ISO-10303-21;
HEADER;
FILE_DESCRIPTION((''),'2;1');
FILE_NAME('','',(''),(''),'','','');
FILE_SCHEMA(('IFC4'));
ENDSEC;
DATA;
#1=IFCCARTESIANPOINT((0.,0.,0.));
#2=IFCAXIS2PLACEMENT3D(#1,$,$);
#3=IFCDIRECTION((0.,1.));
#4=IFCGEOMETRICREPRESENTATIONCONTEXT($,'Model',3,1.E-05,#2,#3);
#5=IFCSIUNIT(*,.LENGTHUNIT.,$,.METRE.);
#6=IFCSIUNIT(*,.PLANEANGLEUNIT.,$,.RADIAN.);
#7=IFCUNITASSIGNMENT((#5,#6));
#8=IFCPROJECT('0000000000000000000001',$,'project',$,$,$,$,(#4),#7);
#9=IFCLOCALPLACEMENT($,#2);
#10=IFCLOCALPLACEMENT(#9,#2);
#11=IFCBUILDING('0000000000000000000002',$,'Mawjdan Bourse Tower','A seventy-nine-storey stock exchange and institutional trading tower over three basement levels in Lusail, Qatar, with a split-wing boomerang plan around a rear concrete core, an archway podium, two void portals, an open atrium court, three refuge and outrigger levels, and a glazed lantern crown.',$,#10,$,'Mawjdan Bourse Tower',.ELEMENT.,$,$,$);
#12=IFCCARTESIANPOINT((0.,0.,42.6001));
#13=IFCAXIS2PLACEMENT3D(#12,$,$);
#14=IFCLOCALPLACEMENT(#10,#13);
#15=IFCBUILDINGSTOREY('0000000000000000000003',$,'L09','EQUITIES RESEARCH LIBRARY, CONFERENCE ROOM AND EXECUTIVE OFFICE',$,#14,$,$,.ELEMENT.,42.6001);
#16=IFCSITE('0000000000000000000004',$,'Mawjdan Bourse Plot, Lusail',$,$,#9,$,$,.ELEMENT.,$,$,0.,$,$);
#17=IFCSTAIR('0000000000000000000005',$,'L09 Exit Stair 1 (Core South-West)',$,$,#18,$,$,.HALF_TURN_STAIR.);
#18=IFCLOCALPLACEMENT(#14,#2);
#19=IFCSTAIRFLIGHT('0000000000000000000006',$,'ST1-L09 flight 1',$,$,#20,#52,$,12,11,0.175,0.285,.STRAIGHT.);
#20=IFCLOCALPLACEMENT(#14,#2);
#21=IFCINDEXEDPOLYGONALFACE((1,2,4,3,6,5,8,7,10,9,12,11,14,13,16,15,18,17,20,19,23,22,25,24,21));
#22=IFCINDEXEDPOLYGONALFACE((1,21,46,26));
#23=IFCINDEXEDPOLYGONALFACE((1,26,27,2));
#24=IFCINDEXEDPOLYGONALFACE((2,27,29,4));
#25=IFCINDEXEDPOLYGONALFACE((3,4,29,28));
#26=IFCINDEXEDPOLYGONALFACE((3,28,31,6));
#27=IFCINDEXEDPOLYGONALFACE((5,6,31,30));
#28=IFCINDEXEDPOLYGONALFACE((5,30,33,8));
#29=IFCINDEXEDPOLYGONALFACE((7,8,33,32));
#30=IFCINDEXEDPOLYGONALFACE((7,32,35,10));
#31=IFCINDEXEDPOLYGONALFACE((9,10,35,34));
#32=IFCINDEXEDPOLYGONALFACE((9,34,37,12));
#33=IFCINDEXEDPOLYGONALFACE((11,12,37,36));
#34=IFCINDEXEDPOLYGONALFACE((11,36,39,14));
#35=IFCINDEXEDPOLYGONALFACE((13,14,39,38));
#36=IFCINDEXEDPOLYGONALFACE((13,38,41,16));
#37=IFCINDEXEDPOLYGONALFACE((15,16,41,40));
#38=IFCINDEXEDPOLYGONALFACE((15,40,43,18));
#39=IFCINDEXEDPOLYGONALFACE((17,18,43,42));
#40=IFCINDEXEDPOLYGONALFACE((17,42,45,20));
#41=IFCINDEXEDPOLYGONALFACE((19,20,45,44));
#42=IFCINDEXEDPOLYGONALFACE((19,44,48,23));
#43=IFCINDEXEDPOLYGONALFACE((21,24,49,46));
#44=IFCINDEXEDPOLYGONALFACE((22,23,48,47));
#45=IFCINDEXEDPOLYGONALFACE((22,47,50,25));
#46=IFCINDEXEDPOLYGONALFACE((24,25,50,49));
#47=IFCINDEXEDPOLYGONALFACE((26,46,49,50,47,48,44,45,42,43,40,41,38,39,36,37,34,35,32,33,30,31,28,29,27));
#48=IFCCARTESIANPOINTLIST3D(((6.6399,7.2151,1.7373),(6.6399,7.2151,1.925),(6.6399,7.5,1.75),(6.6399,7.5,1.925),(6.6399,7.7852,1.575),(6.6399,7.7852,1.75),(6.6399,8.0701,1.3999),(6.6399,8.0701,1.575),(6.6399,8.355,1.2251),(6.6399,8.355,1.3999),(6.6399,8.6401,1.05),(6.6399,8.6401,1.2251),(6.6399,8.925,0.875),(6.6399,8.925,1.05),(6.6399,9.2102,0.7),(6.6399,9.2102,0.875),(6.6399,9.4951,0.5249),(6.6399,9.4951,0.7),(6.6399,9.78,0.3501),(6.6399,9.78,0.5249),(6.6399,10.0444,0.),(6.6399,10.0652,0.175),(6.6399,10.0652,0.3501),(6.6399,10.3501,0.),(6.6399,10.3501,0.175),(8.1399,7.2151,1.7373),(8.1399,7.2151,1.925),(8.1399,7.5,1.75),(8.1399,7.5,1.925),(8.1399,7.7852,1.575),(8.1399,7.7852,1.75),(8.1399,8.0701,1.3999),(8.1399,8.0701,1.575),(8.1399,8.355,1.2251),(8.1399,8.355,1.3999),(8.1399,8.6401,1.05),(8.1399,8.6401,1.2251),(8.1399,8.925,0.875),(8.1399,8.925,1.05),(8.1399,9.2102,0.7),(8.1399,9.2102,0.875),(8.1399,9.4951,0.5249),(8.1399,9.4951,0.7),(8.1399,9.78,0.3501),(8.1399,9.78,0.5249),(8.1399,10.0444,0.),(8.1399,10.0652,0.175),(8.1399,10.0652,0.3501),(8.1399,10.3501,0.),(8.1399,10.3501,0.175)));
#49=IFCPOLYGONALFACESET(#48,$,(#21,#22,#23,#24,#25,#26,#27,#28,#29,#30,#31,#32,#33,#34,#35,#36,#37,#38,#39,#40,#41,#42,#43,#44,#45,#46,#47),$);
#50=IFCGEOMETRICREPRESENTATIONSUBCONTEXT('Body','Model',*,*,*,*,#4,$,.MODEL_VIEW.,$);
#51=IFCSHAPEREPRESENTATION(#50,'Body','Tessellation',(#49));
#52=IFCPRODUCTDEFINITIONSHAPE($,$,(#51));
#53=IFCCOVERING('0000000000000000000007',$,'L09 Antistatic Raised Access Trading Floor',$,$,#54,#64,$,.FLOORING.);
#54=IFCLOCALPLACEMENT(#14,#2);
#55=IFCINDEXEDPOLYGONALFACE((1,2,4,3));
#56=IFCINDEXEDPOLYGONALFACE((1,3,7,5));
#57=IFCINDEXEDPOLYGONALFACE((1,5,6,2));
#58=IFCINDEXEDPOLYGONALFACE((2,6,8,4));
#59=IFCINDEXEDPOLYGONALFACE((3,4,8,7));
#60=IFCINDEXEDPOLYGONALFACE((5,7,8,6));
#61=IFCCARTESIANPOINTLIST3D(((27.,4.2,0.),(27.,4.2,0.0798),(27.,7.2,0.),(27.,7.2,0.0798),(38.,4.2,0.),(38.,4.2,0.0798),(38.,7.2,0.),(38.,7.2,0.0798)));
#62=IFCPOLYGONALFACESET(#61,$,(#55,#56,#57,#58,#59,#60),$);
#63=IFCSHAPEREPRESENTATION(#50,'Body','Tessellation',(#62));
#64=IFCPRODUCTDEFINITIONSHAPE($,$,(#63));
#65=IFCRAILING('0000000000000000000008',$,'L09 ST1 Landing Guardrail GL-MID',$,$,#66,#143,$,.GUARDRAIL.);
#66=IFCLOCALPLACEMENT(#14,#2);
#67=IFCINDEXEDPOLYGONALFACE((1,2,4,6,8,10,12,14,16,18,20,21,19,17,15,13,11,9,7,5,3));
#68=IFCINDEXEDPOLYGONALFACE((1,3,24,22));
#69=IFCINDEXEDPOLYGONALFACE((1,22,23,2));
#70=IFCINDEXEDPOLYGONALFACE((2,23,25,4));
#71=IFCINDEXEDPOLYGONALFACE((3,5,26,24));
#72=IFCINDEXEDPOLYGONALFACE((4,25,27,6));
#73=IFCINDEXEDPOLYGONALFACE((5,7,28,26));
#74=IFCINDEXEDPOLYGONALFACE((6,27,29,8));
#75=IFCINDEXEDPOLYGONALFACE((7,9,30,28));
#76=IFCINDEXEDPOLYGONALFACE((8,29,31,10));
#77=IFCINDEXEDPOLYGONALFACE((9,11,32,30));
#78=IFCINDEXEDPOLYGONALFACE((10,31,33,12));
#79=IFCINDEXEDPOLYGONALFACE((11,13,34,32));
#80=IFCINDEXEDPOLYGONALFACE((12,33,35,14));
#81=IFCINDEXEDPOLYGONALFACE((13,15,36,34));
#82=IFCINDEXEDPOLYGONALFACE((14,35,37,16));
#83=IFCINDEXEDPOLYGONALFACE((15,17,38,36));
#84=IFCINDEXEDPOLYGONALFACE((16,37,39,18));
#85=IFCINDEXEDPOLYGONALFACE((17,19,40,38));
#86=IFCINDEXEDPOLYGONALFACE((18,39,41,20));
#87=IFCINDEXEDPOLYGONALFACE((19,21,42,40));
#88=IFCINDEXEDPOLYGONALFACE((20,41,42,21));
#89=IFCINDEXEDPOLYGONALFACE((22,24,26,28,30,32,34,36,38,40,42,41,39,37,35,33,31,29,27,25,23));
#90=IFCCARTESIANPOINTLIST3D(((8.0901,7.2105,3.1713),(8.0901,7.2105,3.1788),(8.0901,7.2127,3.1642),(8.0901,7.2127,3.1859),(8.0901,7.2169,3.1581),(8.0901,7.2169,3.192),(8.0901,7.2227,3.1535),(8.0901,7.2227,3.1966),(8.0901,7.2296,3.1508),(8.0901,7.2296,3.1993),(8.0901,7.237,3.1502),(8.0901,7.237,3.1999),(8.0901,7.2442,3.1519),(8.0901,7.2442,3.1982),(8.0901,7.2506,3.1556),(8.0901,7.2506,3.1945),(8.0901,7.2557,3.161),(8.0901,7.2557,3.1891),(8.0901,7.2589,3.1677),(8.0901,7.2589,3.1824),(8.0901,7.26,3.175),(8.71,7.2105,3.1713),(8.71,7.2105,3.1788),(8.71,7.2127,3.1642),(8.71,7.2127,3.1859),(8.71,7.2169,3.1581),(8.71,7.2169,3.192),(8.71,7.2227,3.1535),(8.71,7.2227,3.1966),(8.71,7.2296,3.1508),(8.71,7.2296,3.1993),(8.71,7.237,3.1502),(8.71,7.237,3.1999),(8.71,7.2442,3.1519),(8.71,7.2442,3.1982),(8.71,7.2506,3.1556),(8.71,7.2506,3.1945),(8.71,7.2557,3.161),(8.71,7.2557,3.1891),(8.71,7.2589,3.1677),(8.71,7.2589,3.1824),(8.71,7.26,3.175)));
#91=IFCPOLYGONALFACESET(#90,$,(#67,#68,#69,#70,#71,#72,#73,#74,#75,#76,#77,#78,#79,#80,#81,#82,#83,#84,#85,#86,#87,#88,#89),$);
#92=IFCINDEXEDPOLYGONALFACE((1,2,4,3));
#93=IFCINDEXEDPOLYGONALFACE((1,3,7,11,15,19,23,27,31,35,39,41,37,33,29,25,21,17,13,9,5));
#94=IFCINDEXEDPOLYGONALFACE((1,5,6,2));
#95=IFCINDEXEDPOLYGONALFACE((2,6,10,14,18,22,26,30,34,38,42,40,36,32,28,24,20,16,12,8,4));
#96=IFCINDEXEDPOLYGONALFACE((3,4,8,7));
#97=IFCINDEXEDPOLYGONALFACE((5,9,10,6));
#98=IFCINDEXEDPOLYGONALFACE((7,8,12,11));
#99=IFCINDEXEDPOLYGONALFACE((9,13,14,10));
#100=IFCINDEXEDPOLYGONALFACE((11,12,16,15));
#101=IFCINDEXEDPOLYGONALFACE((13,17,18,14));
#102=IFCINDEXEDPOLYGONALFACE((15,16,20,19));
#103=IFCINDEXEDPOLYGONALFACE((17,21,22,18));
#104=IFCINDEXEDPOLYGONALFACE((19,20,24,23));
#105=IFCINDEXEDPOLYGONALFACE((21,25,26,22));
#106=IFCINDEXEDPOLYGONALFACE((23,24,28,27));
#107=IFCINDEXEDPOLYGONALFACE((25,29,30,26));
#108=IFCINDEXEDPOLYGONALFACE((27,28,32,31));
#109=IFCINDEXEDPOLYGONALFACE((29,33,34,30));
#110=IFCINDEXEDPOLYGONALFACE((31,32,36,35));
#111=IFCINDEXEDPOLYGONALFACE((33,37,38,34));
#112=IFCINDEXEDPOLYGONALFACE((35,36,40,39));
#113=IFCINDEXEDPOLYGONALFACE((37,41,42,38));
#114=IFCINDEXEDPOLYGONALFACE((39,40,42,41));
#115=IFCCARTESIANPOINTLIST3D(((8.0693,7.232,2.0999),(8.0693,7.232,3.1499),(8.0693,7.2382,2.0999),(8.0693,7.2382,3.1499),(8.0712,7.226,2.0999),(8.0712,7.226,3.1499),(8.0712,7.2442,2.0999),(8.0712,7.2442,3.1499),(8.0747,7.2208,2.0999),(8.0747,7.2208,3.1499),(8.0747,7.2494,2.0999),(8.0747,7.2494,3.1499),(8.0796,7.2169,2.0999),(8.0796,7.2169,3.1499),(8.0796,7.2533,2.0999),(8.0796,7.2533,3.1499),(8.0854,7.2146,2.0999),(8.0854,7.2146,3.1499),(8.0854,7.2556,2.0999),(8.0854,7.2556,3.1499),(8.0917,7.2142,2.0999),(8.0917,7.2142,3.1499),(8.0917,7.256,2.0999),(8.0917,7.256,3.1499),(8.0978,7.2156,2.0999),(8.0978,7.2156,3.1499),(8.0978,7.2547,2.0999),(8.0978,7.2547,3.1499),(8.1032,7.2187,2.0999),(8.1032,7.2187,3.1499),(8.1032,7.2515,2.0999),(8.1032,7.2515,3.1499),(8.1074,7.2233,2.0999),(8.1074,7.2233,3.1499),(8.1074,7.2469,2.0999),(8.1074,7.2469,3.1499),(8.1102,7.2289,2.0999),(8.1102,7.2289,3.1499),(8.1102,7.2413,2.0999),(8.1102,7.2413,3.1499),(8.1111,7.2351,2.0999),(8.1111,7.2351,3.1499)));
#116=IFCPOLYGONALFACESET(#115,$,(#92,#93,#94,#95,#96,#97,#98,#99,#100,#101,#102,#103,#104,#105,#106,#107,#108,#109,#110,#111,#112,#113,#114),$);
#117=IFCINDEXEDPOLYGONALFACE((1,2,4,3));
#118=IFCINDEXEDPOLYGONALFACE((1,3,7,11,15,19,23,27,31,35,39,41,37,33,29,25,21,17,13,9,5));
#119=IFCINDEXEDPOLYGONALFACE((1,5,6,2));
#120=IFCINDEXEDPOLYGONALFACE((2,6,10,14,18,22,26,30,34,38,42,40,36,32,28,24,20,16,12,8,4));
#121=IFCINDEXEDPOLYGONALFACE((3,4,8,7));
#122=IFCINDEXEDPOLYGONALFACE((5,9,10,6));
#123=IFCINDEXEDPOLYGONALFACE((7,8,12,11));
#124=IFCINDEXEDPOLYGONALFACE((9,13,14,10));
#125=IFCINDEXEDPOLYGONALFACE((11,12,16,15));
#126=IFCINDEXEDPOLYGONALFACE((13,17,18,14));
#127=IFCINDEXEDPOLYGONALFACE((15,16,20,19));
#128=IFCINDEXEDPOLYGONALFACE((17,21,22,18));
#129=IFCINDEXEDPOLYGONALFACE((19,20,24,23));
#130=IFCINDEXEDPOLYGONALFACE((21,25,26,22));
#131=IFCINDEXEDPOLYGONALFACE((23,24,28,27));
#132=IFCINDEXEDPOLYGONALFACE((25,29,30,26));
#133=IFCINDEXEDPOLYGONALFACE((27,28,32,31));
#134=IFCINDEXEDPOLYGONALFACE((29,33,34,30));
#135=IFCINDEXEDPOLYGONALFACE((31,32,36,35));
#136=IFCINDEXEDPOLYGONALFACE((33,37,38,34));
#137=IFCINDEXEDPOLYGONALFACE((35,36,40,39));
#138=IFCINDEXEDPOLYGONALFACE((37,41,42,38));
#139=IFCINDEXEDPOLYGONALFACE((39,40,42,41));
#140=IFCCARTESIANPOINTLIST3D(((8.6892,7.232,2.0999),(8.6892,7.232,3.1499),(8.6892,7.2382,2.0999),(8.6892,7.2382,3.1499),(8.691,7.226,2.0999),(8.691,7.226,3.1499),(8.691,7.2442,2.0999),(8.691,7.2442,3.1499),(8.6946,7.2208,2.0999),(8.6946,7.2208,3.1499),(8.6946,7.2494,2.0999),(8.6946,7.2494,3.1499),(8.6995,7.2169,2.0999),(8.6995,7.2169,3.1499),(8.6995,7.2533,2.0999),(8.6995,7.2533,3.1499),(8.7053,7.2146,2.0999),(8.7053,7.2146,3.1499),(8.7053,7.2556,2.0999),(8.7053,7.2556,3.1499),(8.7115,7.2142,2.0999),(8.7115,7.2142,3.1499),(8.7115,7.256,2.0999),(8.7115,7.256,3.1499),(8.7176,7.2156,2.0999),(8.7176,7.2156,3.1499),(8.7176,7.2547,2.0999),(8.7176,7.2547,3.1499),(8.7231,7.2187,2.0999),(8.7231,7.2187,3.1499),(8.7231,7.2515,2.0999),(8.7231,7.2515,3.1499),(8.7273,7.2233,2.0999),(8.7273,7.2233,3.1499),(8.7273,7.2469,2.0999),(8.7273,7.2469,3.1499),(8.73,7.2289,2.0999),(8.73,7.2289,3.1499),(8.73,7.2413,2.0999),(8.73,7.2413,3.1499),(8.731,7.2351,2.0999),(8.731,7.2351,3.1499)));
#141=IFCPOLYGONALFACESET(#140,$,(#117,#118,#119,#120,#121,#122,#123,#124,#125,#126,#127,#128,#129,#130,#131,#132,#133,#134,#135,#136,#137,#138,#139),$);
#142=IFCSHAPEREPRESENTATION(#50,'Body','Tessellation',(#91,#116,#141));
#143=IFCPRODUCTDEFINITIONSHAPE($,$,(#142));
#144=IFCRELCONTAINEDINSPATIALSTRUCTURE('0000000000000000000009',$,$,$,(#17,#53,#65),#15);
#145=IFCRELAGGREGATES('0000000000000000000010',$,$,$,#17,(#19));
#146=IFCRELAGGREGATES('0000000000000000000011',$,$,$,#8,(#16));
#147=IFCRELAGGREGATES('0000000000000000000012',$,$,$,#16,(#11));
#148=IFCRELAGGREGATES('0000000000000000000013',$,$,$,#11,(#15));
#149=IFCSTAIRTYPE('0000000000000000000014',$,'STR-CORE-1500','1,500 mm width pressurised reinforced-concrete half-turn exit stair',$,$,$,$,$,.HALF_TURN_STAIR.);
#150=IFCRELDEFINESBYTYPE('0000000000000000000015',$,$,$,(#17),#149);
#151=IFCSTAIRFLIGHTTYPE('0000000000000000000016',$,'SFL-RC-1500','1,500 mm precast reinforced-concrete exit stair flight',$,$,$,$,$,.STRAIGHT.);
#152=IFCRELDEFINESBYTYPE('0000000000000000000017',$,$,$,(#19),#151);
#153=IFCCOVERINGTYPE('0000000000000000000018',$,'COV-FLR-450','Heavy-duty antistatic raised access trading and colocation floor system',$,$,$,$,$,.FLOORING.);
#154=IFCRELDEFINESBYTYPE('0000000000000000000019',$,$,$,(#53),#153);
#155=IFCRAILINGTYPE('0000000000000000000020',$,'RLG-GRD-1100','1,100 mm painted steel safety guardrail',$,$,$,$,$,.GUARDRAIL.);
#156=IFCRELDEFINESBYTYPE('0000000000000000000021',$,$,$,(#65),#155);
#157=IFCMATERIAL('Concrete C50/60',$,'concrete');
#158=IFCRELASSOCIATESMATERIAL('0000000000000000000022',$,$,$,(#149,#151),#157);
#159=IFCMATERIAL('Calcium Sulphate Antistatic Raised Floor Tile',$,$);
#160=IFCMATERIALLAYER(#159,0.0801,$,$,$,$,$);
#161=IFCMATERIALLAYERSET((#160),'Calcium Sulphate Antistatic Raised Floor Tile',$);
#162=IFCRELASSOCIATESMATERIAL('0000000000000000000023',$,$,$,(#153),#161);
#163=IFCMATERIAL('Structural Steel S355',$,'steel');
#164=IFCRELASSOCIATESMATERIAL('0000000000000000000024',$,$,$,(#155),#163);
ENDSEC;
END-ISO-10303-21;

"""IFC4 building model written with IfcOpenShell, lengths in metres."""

from ifc_helpers import new_model, si_unit, direction, frame, origin, origin_2d, place, context, subcontext, project, spatial, polyline, circle, outline, extrude, material, layer, layer_set, type_object, element, aggregate, save


model = new_model("IFC4")

# Units and contexts
model_context = context("Model", 3, precision=1e-05, world=origin(), true_north=direction((0.0, 1.0)))
body_context = subcontext(model_context, "Body", "Model", "MODEL_VIEW")
ifc_project = project(units=[si_unit("LENGTHUNIT", "METRE"), si_unit("PLANEANGLEUNIT", "RADIAN")], contexts=[model_context])

# Site, building, storey
site_placement = place(None, origin())
site = spatial("IfcSite", under=ifc_project, at=site_placement, Name="Mawjdan Bourse Plot, Lusail", CompositionType="ELEMENT", RefElevation=0.0)
building_placement = place(site_placement, origin())
building = spatial("IfcBuilding", under=site, at=building_placement, Name="Mawjdan Bourse Tower", Description="A seventy-nine-storey stock exchange and institutional trading tower over three basement levels in Lusail, Qatar, with a split-wing boomerang plan around a rear concrete core, an archway podium, two void portals, an open atrium court, three refuge and outrigger levels, and a glazed lantern crown.", LongName="Mawjdan Bourse Tower", CompositionType="ELEMENT")
storey_placement = place(building_placement, frame((0.0, 0.0, 42.6001)))
storey = spatial("IfcBuildingStorey", under=building, at=storey_placement, Name="L09", Description="EQUITIES RESEARCH LIBRARY, CONFERENCE ROOM AND EXECUTIVE OFFICE", CompositionType="ELEMENT", Elevation=42.6001)

# Stair
ifc_material_1 = material(Name="Concrete C50/60", Category="concrete")
stair_type = type_object("IfcStairType", Name="STR-CORE-1500", Description="1,500 mm width pressurised reinforced-concrete half-turn exit stair", PredefinedType="HALF_TURN_STAIR", material=ifc_material_1)
stair_1_placement = place(storey_placement, origin())
stair_1 = element("IfcStair", 1, at=stair_1_placement, inside=storey, type_object=stair_type, Name="L09 Exit Stair 1 (Core South-West)", PredefinedType="HALF_TURN_STAIR")

# Stair flight
stair_flight_type = type_object("IfcStairFlightType", Name="SFL-RC-1500", Description="1,500 mm precast reinforced-concrete exit stair flight", PredefinedType="STRAIGHT", material=ifc_material_1)
stair_flight_placement = place(storey_placement, frame((7.3899, 10.3501, 0.0), z_axis=(0.0, 0.0, 1.0), x_axis=(0.0, -1.0, 0.0)))
stair_flight = element("IfcStairFlight", 2, at=stair_flight_placement, type_object=stair_flight_type, Name="ST1-L09 flight 1", NumberOfRisers=12, NumberOfTreads=11, PredefinedType="STRAIGHT", RiserHeight=0.175, TreadLength=0.285, context=body_context, shape_type="SweptSolid", body=[
    extrude(outline(polyline([(0.0, 0.0), (0.0, 0.175), (0.2849, 0.175), (0.2849, 0.3501), (0.5701, 0.3501), (0.5701, 0.5249), (0.855, 0.5249), (0.855, 0.7), (1.1399, 0.7), (1.1399, 0.875), (1.425, 0.875), (1.425, 1.05), (1.71, 1.05), (1.71, 1.2251), (1.9951, 1.2251), (1.9951, 1.3999), (2.28, 1.3999), (2.28, 1.575), (2.5649, 1.575), (2.5649, 1.75), (2.8501, 1.75), (2.8501, 1.925), (3.135, 1.925), (3.135, 2.1001), (3.135, 1.7373), (0.3057, 0.0), (0.0, 0.0)])), frame((0.0, 0.75, 0.0), z_axis=(0.0, -1.0, 0.0), x_axis=(1.0, 0.0, 0.0)), (0.0, 0.0, 1.0), 1.5),
])
aggregate(stair_1, [stair_flight])

# Covering
ifc_material_2 = material(Name="Calcium Sulphate Antistatic Raised Floor Tile")
ifc_layer_1 = layer(ifc_material_2, 0.0801)
ifc_layer_set_1 = layer_set([ifc_layer_1], Name="Calcium Sulphate Antistatic Raised Floor Tile")
covering_type = type_object("IfcCoveringType", Name="COV-FLR-450", Description="Heavy-duty antistatic raised access trading and colocation floor system", PredefinedType="FLOORING", material=ifc_layer_set_1)
covering_placement = place(storey_placement, origin())
element("IfcCovering", 3, at=covering_placement, inside=storey, type_object=covering_type, Name="L09 Antistatic Raised Access Trading Floor", PredefinedType="FLOORING", context=body_context, shape_type="SweptSolid", body=[
    extrude(outline(polyline([(27.0, 4.2), (38.0, 4.2), (38.0, 7.2), (27.0, 7.2), (27.0, 4.2)])), origin(), (0.0, 0.0, 1.0), 0.0798),
])

# Railing
ifc_material_3 = material(Name="Structural Steel S355", Category="steel")
railing_type = type_object("IfcRailingType", Name="RLG-GRD-1100", Description="1,100 mm painted steel safety guardrail", PredefinedType="GUARDRAIL", material=ifc_material_3)
for number, where, name in (
    (4, (8.0901, 7.2351, 2.0999), "L09 ST1 Landing Guardrail GL-MID"),
):
    element("IfcRailing", number, at=place(storey_placement, frame(where)), inside=storey, type_object=railing_type, Name=name, PredefinedType="GUARDRAIL", context=body_context, shape_type="SweptSolid", body=[
        extrude(circle(Radius=0.0249, at=origin_2d()), frame((0.0, 0.0, 1.0752), z_axis=(1.0, 0.0, 0.0), x_axis=(0.0, 1.0, 0.0)), (0.0, 0.0, 1.0), 0.6199),
        extrude(circle(Radius=0.021, at=origin_2d()), origin(), (0.0, 0.0, 1.0), 1.05),
        extrude(circle(Radius=0.021, at=origin_2d()), frame((0.6199, 0.0, 0.0)), (0.0, 0.0, 1.0), 1.05),
    ])

save(model, "model.ifc")
